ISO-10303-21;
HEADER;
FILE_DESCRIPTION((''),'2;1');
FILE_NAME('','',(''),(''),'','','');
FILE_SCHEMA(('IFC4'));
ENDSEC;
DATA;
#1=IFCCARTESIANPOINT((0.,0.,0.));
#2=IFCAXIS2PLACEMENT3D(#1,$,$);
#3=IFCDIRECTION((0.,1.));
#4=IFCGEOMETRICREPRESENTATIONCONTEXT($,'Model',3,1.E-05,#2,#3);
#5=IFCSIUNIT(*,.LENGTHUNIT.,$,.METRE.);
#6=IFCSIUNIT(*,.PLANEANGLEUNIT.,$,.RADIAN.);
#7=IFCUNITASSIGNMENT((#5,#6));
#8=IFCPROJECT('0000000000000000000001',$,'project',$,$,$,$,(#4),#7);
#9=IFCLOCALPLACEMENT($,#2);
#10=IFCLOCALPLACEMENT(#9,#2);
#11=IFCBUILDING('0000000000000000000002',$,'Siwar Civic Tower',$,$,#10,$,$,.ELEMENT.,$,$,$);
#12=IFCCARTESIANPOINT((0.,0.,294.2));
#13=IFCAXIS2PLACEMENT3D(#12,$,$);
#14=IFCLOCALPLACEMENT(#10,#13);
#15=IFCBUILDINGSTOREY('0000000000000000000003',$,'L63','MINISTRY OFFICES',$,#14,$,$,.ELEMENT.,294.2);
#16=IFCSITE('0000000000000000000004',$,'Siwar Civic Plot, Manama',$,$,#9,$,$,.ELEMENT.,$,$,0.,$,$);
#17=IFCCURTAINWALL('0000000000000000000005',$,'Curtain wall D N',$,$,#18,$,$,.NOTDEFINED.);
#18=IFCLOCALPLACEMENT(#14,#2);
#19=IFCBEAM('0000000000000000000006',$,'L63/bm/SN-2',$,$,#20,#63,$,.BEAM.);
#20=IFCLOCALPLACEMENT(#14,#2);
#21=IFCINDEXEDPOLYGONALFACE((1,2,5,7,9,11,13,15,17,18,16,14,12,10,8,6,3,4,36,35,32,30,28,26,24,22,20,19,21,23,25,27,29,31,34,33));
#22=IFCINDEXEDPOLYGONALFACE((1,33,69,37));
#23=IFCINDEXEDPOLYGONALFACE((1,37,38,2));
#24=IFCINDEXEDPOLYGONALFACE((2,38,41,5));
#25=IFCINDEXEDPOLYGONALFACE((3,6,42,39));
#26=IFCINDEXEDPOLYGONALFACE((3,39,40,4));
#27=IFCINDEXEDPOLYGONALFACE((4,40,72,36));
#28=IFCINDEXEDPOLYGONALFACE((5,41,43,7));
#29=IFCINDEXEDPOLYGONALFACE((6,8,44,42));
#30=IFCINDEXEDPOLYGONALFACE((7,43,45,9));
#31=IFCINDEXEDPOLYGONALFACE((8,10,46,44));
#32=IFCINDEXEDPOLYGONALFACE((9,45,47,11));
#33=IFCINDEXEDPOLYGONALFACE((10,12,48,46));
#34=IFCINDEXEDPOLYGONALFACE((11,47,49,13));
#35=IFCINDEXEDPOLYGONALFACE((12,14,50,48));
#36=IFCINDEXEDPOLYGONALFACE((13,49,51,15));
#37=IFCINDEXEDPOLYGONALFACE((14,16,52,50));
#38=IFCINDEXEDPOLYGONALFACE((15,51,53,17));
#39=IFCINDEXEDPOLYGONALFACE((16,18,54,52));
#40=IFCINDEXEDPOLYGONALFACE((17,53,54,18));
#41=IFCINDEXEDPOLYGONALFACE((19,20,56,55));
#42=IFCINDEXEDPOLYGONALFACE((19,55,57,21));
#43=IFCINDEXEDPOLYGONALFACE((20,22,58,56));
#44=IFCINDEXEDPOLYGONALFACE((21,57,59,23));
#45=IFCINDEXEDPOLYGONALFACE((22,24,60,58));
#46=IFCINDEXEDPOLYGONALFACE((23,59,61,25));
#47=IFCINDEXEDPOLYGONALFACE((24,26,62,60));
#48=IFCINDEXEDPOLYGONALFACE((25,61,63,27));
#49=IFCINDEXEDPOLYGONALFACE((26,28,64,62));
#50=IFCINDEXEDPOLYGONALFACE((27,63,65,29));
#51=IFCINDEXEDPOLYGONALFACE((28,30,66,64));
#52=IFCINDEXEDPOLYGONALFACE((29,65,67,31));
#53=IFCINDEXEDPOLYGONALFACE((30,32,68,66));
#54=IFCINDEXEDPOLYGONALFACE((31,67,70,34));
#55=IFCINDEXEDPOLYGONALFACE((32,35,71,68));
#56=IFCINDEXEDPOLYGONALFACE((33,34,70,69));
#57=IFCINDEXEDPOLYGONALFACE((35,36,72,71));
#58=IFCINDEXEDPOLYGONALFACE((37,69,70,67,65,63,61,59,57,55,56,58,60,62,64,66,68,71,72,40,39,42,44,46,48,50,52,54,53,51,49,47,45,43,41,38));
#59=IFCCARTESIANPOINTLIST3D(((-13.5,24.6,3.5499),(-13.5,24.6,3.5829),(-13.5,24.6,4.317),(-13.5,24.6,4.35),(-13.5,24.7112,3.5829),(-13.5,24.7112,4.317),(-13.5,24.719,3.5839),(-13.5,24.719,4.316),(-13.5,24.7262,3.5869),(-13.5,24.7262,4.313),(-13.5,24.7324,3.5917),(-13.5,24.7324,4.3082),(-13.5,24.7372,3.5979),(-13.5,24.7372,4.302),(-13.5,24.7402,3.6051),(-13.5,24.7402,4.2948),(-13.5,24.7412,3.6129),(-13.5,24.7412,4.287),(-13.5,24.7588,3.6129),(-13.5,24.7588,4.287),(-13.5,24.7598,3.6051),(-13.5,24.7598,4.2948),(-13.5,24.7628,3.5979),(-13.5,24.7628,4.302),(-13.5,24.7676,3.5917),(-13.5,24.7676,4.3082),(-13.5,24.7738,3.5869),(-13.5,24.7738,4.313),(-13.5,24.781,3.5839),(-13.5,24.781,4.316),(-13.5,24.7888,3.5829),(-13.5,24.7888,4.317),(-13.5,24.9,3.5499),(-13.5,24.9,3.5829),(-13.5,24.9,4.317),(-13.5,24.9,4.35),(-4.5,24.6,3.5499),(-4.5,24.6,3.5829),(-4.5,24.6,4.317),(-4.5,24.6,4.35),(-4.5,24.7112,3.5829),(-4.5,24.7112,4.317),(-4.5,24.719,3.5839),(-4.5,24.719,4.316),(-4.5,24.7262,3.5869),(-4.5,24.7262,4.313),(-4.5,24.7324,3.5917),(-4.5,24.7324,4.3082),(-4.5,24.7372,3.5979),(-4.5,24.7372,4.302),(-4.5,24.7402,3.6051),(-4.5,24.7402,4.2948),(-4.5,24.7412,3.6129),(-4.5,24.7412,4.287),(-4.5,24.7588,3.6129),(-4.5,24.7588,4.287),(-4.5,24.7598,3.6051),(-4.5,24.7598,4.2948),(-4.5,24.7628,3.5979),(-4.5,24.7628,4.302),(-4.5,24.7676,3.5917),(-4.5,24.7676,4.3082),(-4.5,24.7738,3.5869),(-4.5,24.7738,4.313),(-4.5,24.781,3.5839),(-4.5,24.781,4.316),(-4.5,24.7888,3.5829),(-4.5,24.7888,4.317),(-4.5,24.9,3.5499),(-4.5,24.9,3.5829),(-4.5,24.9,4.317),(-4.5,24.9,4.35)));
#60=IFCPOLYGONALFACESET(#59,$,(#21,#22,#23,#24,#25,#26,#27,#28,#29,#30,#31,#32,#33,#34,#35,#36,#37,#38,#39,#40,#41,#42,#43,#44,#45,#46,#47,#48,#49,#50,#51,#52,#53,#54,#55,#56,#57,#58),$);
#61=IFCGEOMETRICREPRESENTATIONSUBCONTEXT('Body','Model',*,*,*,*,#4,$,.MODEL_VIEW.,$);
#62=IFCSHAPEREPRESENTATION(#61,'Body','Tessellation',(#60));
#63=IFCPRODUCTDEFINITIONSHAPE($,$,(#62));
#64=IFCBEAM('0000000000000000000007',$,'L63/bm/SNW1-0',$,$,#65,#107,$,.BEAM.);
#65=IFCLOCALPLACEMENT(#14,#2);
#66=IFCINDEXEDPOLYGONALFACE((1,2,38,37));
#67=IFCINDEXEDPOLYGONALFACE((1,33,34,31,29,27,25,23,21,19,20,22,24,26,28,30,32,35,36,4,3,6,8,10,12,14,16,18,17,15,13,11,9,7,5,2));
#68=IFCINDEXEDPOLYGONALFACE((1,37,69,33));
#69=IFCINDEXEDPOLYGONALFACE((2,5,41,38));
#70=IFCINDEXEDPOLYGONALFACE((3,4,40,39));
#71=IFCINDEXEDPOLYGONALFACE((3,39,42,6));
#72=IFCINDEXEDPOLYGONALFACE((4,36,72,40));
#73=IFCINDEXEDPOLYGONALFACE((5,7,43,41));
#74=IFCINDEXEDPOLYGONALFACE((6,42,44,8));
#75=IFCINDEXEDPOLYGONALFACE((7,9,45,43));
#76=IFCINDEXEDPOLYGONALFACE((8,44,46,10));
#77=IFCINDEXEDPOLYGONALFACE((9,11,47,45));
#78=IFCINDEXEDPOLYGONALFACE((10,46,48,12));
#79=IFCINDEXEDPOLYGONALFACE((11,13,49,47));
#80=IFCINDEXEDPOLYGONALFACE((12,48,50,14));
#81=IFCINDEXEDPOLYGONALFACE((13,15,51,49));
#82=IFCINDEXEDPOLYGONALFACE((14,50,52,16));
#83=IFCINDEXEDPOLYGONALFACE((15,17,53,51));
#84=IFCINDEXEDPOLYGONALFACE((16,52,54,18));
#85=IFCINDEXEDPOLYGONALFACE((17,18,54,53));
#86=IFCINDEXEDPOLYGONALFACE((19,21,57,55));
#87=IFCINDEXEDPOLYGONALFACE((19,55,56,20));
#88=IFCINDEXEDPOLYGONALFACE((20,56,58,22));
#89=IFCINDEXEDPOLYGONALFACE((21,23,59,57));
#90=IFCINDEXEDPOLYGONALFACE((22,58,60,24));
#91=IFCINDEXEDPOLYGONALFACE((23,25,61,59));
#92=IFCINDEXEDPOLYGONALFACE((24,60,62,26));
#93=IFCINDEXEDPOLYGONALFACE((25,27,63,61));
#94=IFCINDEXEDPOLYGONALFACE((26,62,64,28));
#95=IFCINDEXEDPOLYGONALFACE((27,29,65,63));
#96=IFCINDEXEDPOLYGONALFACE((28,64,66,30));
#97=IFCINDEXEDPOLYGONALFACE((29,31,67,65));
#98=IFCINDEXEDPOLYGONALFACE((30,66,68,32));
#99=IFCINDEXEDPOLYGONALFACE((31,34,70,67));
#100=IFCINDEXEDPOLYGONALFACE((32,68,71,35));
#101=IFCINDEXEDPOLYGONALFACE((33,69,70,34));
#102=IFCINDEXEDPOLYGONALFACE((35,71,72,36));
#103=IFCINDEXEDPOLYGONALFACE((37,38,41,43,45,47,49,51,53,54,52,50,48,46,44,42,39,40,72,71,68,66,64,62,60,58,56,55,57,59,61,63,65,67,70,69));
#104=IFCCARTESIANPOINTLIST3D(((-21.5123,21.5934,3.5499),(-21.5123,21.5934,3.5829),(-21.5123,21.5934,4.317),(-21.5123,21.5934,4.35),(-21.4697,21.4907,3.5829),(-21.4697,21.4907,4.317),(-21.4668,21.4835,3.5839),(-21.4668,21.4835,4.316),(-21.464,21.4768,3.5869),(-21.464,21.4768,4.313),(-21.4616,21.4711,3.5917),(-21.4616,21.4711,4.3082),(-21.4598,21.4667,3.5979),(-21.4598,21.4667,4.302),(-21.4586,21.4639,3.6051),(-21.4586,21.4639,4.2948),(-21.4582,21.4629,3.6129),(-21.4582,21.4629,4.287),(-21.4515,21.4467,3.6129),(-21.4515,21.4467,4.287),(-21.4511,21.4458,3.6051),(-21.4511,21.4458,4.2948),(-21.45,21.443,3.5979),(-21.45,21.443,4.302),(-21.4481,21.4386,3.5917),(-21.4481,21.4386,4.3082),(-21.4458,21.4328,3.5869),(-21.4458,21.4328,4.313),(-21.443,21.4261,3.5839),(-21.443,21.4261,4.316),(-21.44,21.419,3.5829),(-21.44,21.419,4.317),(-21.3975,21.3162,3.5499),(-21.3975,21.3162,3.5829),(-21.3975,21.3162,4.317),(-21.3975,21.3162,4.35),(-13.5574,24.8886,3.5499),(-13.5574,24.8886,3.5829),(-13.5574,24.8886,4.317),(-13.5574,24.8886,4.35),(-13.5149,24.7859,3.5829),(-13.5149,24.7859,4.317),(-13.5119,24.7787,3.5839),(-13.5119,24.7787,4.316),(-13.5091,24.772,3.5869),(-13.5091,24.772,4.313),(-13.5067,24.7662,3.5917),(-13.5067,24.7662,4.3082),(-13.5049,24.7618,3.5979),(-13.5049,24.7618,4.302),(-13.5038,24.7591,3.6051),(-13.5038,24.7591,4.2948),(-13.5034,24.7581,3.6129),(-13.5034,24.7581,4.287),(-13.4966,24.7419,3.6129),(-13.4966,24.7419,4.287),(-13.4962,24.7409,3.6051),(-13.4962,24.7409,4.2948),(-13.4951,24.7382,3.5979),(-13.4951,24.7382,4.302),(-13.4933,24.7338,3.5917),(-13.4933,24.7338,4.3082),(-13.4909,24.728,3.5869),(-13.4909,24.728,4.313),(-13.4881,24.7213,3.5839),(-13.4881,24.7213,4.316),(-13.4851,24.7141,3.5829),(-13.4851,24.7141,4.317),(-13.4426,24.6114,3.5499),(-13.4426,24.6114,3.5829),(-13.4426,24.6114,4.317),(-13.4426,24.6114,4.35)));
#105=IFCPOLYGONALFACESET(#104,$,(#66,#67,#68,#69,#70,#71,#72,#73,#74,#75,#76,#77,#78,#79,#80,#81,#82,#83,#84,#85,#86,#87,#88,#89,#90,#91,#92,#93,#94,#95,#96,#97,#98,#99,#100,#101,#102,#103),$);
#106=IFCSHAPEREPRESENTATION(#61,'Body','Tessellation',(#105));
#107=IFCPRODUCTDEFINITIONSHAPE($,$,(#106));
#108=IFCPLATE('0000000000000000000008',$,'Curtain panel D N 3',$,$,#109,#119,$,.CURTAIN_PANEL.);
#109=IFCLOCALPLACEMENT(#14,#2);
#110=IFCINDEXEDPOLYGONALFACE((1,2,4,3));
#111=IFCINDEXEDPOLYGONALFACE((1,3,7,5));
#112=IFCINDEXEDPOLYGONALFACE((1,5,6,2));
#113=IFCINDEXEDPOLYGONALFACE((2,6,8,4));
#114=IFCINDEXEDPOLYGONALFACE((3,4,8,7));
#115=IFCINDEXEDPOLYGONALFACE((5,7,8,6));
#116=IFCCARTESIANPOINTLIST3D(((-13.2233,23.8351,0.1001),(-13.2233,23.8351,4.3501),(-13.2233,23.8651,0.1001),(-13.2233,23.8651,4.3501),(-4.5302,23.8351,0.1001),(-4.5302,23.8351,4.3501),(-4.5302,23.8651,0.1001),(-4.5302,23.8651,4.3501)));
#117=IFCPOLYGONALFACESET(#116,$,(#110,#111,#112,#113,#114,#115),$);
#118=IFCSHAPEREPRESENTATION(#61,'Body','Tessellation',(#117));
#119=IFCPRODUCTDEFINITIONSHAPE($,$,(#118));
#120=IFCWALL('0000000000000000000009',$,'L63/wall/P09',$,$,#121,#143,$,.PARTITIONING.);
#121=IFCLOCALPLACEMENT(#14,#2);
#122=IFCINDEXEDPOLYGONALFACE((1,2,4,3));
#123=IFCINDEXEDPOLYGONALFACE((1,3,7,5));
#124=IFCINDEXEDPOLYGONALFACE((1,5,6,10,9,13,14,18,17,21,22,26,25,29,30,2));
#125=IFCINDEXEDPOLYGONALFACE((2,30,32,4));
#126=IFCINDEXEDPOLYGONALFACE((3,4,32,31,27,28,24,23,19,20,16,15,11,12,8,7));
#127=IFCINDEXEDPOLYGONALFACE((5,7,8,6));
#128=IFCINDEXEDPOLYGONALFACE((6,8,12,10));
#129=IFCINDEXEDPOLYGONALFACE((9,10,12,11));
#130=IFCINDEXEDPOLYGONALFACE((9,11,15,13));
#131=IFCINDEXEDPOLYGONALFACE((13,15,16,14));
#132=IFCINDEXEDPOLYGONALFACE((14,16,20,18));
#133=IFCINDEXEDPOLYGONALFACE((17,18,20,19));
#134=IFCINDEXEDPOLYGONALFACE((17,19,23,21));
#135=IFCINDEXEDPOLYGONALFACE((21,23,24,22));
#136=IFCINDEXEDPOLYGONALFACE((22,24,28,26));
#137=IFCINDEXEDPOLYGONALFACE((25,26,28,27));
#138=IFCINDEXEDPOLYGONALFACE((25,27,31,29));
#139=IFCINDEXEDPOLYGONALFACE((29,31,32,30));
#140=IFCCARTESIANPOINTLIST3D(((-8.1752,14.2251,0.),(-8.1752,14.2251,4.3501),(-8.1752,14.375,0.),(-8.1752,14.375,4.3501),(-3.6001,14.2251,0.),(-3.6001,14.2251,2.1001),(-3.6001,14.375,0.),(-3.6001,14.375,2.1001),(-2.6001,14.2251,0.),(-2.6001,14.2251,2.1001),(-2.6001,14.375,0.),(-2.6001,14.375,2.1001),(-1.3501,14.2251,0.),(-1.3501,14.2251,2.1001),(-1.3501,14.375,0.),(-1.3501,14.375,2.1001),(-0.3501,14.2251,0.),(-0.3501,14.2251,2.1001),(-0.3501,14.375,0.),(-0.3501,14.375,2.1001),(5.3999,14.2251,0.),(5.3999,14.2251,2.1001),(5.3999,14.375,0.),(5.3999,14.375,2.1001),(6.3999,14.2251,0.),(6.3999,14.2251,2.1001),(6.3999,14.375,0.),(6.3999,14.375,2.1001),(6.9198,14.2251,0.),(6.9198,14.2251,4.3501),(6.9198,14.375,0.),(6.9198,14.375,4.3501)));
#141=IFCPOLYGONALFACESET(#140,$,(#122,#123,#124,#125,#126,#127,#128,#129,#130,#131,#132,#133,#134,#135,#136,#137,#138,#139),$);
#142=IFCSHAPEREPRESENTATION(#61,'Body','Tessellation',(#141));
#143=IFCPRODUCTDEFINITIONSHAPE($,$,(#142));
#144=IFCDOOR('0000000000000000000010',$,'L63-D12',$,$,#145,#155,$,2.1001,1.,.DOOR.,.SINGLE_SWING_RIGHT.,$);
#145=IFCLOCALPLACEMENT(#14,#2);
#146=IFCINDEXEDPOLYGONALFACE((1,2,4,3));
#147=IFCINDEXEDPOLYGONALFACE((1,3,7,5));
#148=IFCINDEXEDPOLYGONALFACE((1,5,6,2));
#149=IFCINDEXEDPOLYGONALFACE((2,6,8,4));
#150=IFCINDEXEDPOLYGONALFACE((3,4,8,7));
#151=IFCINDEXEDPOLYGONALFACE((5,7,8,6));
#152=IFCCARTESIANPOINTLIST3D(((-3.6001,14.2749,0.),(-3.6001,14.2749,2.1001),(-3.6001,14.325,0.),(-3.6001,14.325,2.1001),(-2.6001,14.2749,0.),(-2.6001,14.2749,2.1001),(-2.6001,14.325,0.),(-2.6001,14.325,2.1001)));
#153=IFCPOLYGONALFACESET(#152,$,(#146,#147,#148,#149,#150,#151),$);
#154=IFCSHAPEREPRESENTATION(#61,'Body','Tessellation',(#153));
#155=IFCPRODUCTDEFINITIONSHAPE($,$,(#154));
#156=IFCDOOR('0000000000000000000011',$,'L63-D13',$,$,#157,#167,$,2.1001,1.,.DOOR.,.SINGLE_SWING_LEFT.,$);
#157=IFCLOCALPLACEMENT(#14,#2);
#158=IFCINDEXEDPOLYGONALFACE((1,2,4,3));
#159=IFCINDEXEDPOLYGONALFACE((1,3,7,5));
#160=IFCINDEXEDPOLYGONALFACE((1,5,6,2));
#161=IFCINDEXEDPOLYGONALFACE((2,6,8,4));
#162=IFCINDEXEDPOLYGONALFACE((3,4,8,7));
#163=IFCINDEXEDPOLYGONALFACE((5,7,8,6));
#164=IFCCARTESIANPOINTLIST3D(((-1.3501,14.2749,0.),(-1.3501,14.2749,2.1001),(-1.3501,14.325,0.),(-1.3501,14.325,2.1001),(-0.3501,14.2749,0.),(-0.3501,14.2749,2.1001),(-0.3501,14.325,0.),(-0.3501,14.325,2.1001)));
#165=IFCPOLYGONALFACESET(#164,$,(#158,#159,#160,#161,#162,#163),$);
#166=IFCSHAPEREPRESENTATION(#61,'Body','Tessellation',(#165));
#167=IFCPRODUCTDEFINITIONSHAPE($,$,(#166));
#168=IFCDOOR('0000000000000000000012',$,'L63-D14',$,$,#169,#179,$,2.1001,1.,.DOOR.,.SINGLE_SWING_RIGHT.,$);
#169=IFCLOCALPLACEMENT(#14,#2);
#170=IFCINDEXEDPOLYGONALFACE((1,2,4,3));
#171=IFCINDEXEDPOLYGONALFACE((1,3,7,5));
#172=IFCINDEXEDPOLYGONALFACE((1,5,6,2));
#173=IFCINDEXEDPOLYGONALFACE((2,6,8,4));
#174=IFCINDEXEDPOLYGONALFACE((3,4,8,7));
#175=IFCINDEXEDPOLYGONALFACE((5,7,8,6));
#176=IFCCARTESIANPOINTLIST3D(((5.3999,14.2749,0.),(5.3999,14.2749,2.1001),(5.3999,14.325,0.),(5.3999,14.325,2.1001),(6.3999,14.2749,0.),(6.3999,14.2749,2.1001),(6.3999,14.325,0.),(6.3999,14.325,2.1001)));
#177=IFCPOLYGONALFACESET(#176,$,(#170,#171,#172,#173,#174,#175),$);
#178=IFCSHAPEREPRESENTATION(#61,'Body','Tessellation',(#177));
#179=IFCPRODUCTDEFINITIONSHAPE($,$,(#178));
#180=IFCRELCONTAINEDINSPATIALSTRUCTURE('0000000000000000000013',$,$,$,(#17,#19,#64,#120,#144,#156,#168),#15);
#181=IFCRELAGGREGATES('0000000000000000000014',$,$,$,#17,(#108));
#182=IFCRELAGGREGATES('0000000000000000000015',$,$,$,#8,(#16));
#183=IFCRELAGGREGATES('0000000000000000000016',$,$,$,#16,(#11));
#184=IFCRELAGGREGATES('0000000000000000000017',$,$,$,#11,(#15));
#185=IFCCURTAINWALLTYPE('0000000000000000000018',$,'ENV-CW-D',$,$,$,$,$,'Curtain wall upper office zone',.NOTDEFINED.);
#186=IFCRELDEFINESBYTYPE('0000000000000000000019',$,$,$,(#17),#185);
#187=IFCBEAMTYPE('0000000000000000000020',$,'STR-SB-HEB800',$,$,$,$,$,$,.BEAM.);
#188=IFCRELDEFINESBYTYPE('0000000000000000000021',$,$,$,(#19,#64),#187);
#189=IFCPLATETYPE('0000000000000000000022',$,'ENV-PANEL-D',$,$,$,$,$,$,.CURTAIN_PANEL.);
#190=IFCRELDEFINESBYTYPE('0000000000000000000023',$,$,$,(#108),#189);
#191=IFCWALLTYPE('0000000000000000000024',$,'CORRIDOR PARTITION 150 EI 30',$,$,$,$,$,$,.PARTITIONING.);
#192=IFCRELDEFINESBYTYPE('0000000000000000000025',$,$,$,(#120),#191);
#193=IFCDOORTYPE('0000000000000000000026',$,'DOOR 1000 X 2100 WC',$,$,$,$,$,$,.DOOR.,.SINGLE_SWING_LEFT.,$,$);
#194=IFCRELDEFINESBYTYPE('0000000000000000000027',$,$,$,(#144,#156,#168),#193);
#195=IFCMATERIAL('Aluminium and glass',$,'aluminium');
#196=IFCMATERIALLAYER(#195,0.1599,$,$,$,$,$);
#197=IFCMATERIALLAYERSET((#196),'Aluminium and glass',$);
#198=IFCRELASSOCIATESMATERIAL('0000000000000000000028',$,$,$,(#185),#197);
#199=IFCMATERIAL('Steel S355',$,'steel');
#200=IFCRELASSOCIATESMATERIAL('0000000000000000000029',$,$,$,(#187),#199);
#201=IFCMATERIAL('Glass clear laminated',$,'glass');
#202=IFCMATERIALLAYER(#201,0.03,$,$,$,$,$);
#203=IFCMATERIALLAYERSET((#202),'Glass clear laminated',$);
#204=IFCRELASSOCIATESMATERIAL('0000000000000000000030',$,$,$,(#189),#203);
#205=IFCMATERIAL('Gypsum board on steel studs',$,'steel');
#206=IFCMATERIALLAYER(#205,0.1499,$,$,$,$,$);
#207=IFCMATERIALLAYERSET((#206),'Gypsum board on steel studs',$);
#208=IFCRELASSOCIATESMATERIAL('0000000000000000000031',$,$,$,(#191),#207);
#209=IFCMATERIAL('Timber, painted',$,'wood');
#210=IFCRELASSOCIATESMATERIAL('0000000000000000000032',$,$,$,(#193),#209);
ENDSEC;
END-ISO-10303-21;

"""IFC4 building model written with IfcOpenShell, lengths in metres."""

from ifc_helpers import new_model, si_unit, direction, frame, frame_2d, origin, origin_2d, place, context, subcontext, project, spatial, rectangle, i_section, extrude, material, layer, layer_set, material_profile, profile_set, type_object, element, fill, aggregate, save


model = new_model("IFC4")

# Units and contexts
model_context = context("Model", 3, precision=1e-05, world=origin(), true_north=direction((0.0, 1.0)))
body_context = subcontext(model_context, "Body", "Model", "MODEL_VIEW")
ifc_project = project(units=[si_unit("LENGTHUNIT", "METRE"), si_unit("PLANEANGLEUNIT", "RADIAN")], contexts=[model_context])

# Site, building, storey
site_placement = place(None, origin())
site = spatial("IfcSite", under=ifc_project, at=site_placement, Name="Siwar Civic Plot, Manama", CompositionType="ELEMENT", RefElevation=0.0)
building_placement = place(site_placement, origin())
building = spatial("IfcBuilding", under=site, at=building_placement, Name="Siwar Civic Tower", CompositionType="ELEMENT")
storey_placement = place(building_placement, frame((0.0, 0.0, 294.2)))
storey = spatial("IfcBuildingStorey", under=building, at=storey_placement, Name="L63", Description="MINISTRY OFFICES", CompositionType="ELEMENT", Elevation=294.2)

# Curtain wall
ifc_material_1 = material(Name="Aluminium and glass", Category="aluminium")
ifc_layer_1 = layer(ifc_material_1, 0.1599)
ifc_layer_set_1 = layer_set([ifc_layer_1], Name="Aluminium and glass")
curtain_wall_type_1 = type_object("IfcCurtainWallType", Name="ENV-CW-D", ElementType="Curtain wall upper office zone", PredefinedType="NOTDEFINED", material=ifc_layer_set_1)
curtain_wall_1_placement = place(storey_placement, origin())
curtain_wall_1 = element("IfcCurtainWall", 1, at=curtain_wall_1_placement, inside=storey, type_object=curtain_wall_type_1, Name="Curtain wall D N", PredefinedType="NOTDEFINED")

# Beams
ifc_material_2 = material(Name="Steel S355", Category="steel")
ifc_material_profile_1 = material_profile(ifc_material_2, i_section(OverallWidth=0.3, OverallDepth=0.8, WebThickness=0.0176, FlangeThickness=0.033, FilletRadius=0.03, at=origin_2d()), Name="HEB800")
ifc_profile_set_1 = profile_set([ifc_material_profile_1], Name="Steel S355")
beam_type_1 = type_object("IfcBeamType", Name="STR-SB-HEB800", PredefinedType="BEAM", material=ifc_profile_set_1)
beam_1_placement = place(storey_placement, frame((-4.5, 24.75, 3.95), z_axis=(-1.0, 0.0, 0.0), x_axis=(0.0, -1.0, 0.0)))
element("IfcBeam", 2, at=beam_1_placement, inside=storey, type_object=beam_type_1, Name="L63/bm/SN-2", PredefinedType="BEAM", context=body_context, shape_type="SweptSolid", body=[
    extrude(i_section(OverallWidth=0.3, OverallDepth=0.8, WebThickness=0.0176, FlangeThickness=0.033, FilletRadius=0.03, at=origin_2d()), origin(), (0.0, 0.0, 1.0), 9.0),
])
beam_2_placement = place(storey_placement, frame((-13.5, 24.75, 3.95), z_axis=(-0.923873, -0.3827, 0.0), x_axis=(0.3827, -0.923873, 0.0)))
element("IfcBeam", 3, at=beam_2_placement, inside=storey, type_object=beam_type_1, Name="L63/bm/SNW1-0", PredefinedType="BEAM", context=body_context, shape_type="SweptSolid", body=[
    extrude(i_section(OverallWidth=0.3, OverallDepth=0.8, WebThickness=0.0176, FlangeThickness=0.033, FilletRadius=0.03, at=origin_2d()), origin(), (0.0, 0.0, 1.0), 8.6104),
])

# Plate
ifc_material_3 = material(Name="Glass clear laminated", Category="glass")
ifc_layer_2 = layer(ifc_material_3, 0.03)
ifc_layer_set_2 = layer_set([ifc_layer_2], Name="Glass clear laminated")
plate_type = type_object("IfcPlateType", Name="ENV-PANEL-D", PredefinedType="CURTAIN_PANEL", material=ifc_layer_set_2)
plate_placement = place(storey_placement, frame((-8.8767, 23.8501, 0.1001), z_axis=(0.0, 0.0, 1.0), x_axis=(-1.0, 0.0, 0.0)))
plate = element("IfcPlate", 4, at=plate_placement, type_object=plate_type, Name="Curtain panel D N 3", PredefinedType="CURTAIN_PANEL", context=body_context, shape_type="SweptSolid", body=[
    extrude(rectangle(XDim=8.6931, YDim=0.03, at=origin_2d()), origin(), (0.0, 0.0, 1.0), 4.25),
])
aggregate(curtain_wall_1, [plate])

# Wall, openings, doors
ifc_material_4 = material(Name="Gypsum board on steel studs", Category="steel")
ifc_layer_3 = layer(ifc_material_4, 0.1499)
ifc_layer_set_3 = layer_set([ifc_layer_3], Name="Gypsum board on steel studs")
wall_type_1 = type_object("IfcWallType", Name="CORRIDOR PARTITION 150 EI 30", PredefinedType="PARTITIONING", material=ifc_layer_set_3)
wall_1_placement = place(storey_placement, frame((-8.175, 14.3, 0.0), z_axis=(0.0, 0.0, 1.0), x_axis=(1.0, 0.0, 0.0)))
wall_1 = element("IfcWall", 5, at=wall_1_placement, inside=storey, type_object=wall_type_1, Name="L63/wall/P09", PredefinedType="PARTITIONING", context=body_context, shape_type="SweptSolid", body=[
    extrude(rectangle(XDim=15.095, YDim=0.1499, at=frame_2d((7.5474, 0.0))), origin(), (0.0, 0.0, 1.0), 4.3501),
])
opening_1_placement = place(wall_1_placement, frame((4.575, 0.0, 0.0)))
opening_1 = element("IfcOpeningElement", 6, at=opening_1_placement, cuts=wall_1, PredefinedType="OPENING", context=body_context, shape_type="SweptSolid", body=[
    extrude(rectangle(XDim=1.0, YDim=2.1001, at=frame_2d((0.5, 1.05))), frame((0.0, 0.085, 0.0), z_axis=(0.0, -1.0, 0.0), x_axis=(1.0, 0.0, 0.0)), (0.0, 0.0, 1.0), 0.1699),
])
opening_2_placement = place(wall_1_placement, frame((6.825, 0.0, 0.0)))
opening_2 = element("IfcOpeningElement", 7, at=opening_2_placement, cuts=wall_1, PredefinedType="OPENING", context=body_context, shape_type="SweptSolid", body=[
    extrude(rectangle(XDim=1.0, YDim=2.1001, at=frame_2d((0.5, 1.05))), frame((0.0, 0.085, 0.0), z_axis=(0.0, -1.0, 0.0), x_axis=(1.0, 0.0, 0.0)), (0.0, 0.0, 1.0), 0.1699),
])
opening_3_placement = place(wall_1_placement, frame((13.575, 0.0, 0.0)))
opening_3 = element("IfcOpeningElement", 8, at=opening_3_placement, cuts=wall_1, PredefinedType="OPENING", context=body_context, shape_type="SweptSolid", body=[
    extrude(rectangle(XDim=1.0, YDim=2.1001, at=frame_2d((0.5, 1.05))), frame((0.0, 0.085, 0.0), z_axis=(0.0, -1.0, 0.0), x_axis=(1.0, 0.0, 0.0)), (0.0, 0.0, 1.0), 0.1699),
])
ifc_material_5 = material(Name="Timber, painted", Category="wood")
door_type = type_object("IfcDoorType", Name="DOOR 1000 X 2100 WC", OperationType="SINGLE_SWING_LEFT", PredefinedType="DOOR", material=ifc_material_5)
door_1_placement = place(opening_1_placement, origin())
door_1 = element("IfcDoor", 9, at=door_1_placement, inside=storey, type_object=door_type, Name="L63-D12", OperationType="SINGLE_SWING_RIGHT", OverallHeight=2.1001, OverallWidth=1.0, PredefinedType="DOOR", context=body_context, shape_type="SweptSolid", body=[
    extrude(rectangle(XDim=1.0, YDim=2.1001, at=frame_2d((0.5, 1.05))), frame((0.0, 0.0249, 0.0), z_axis=(0.0, -1.0, 0.0), x_axis=(1.0, 0.0, 0.0)), (0.0, 0.0, 1.0), 0.05),
])
fill(opening_1, door_1)
door_2_placement = place(opening_2_placement, origin())
door_2 = element("IfcDoor", 10, at=door_2_placement, inside=storey, type_object=door_type, Name="L63-D13", OperationType="SINGLE_SWING_LEFT", OverallHeight=2.1001, OverallWidth=1.0, PredefinedType="DOOR", context=body_context, shape_type="SweptSolid", body=[
    extrude(rectangle(XDim=1.0, YDim=2.1001, at=frame_2d((0.5, 1.05))), frame((0.0, 0.0249, 0.0), z_axis=(0.0, -1.0, 0.0), x_axis=(1.0, 0.0, 0.0)), (0.0, 0.0, 1.0), 0.05),
])
fill(opening_2, door_2)
door_3_placement = place(opening_3_placement, origin())
door_3 = element("IfcDoor", 11, at=door_3_placement, inside=storey, type_object=door_type, Name="L63-D14", OperationType="SINGLE_SWING_RIGHT", OverallHeight=2.1001, OverallWidth=1.0, PredefinedType="DOOR", context=body_context, shape_type="SweptSolid", body=[
    extrude(rectangle(XDim=1.0, YDim=2.1001, at=frame_2d((0.5, 1.05))), frame((0.0, 0.0249, 0.0), z_axis=(0.0, -1.0, 0.0), x_axis=(1.0, 0.0, 0.0)), (0.0, 0.0, 1.0), 0.05),
])
fill(opening_3, door_3)

save(model, "model.ifc")
